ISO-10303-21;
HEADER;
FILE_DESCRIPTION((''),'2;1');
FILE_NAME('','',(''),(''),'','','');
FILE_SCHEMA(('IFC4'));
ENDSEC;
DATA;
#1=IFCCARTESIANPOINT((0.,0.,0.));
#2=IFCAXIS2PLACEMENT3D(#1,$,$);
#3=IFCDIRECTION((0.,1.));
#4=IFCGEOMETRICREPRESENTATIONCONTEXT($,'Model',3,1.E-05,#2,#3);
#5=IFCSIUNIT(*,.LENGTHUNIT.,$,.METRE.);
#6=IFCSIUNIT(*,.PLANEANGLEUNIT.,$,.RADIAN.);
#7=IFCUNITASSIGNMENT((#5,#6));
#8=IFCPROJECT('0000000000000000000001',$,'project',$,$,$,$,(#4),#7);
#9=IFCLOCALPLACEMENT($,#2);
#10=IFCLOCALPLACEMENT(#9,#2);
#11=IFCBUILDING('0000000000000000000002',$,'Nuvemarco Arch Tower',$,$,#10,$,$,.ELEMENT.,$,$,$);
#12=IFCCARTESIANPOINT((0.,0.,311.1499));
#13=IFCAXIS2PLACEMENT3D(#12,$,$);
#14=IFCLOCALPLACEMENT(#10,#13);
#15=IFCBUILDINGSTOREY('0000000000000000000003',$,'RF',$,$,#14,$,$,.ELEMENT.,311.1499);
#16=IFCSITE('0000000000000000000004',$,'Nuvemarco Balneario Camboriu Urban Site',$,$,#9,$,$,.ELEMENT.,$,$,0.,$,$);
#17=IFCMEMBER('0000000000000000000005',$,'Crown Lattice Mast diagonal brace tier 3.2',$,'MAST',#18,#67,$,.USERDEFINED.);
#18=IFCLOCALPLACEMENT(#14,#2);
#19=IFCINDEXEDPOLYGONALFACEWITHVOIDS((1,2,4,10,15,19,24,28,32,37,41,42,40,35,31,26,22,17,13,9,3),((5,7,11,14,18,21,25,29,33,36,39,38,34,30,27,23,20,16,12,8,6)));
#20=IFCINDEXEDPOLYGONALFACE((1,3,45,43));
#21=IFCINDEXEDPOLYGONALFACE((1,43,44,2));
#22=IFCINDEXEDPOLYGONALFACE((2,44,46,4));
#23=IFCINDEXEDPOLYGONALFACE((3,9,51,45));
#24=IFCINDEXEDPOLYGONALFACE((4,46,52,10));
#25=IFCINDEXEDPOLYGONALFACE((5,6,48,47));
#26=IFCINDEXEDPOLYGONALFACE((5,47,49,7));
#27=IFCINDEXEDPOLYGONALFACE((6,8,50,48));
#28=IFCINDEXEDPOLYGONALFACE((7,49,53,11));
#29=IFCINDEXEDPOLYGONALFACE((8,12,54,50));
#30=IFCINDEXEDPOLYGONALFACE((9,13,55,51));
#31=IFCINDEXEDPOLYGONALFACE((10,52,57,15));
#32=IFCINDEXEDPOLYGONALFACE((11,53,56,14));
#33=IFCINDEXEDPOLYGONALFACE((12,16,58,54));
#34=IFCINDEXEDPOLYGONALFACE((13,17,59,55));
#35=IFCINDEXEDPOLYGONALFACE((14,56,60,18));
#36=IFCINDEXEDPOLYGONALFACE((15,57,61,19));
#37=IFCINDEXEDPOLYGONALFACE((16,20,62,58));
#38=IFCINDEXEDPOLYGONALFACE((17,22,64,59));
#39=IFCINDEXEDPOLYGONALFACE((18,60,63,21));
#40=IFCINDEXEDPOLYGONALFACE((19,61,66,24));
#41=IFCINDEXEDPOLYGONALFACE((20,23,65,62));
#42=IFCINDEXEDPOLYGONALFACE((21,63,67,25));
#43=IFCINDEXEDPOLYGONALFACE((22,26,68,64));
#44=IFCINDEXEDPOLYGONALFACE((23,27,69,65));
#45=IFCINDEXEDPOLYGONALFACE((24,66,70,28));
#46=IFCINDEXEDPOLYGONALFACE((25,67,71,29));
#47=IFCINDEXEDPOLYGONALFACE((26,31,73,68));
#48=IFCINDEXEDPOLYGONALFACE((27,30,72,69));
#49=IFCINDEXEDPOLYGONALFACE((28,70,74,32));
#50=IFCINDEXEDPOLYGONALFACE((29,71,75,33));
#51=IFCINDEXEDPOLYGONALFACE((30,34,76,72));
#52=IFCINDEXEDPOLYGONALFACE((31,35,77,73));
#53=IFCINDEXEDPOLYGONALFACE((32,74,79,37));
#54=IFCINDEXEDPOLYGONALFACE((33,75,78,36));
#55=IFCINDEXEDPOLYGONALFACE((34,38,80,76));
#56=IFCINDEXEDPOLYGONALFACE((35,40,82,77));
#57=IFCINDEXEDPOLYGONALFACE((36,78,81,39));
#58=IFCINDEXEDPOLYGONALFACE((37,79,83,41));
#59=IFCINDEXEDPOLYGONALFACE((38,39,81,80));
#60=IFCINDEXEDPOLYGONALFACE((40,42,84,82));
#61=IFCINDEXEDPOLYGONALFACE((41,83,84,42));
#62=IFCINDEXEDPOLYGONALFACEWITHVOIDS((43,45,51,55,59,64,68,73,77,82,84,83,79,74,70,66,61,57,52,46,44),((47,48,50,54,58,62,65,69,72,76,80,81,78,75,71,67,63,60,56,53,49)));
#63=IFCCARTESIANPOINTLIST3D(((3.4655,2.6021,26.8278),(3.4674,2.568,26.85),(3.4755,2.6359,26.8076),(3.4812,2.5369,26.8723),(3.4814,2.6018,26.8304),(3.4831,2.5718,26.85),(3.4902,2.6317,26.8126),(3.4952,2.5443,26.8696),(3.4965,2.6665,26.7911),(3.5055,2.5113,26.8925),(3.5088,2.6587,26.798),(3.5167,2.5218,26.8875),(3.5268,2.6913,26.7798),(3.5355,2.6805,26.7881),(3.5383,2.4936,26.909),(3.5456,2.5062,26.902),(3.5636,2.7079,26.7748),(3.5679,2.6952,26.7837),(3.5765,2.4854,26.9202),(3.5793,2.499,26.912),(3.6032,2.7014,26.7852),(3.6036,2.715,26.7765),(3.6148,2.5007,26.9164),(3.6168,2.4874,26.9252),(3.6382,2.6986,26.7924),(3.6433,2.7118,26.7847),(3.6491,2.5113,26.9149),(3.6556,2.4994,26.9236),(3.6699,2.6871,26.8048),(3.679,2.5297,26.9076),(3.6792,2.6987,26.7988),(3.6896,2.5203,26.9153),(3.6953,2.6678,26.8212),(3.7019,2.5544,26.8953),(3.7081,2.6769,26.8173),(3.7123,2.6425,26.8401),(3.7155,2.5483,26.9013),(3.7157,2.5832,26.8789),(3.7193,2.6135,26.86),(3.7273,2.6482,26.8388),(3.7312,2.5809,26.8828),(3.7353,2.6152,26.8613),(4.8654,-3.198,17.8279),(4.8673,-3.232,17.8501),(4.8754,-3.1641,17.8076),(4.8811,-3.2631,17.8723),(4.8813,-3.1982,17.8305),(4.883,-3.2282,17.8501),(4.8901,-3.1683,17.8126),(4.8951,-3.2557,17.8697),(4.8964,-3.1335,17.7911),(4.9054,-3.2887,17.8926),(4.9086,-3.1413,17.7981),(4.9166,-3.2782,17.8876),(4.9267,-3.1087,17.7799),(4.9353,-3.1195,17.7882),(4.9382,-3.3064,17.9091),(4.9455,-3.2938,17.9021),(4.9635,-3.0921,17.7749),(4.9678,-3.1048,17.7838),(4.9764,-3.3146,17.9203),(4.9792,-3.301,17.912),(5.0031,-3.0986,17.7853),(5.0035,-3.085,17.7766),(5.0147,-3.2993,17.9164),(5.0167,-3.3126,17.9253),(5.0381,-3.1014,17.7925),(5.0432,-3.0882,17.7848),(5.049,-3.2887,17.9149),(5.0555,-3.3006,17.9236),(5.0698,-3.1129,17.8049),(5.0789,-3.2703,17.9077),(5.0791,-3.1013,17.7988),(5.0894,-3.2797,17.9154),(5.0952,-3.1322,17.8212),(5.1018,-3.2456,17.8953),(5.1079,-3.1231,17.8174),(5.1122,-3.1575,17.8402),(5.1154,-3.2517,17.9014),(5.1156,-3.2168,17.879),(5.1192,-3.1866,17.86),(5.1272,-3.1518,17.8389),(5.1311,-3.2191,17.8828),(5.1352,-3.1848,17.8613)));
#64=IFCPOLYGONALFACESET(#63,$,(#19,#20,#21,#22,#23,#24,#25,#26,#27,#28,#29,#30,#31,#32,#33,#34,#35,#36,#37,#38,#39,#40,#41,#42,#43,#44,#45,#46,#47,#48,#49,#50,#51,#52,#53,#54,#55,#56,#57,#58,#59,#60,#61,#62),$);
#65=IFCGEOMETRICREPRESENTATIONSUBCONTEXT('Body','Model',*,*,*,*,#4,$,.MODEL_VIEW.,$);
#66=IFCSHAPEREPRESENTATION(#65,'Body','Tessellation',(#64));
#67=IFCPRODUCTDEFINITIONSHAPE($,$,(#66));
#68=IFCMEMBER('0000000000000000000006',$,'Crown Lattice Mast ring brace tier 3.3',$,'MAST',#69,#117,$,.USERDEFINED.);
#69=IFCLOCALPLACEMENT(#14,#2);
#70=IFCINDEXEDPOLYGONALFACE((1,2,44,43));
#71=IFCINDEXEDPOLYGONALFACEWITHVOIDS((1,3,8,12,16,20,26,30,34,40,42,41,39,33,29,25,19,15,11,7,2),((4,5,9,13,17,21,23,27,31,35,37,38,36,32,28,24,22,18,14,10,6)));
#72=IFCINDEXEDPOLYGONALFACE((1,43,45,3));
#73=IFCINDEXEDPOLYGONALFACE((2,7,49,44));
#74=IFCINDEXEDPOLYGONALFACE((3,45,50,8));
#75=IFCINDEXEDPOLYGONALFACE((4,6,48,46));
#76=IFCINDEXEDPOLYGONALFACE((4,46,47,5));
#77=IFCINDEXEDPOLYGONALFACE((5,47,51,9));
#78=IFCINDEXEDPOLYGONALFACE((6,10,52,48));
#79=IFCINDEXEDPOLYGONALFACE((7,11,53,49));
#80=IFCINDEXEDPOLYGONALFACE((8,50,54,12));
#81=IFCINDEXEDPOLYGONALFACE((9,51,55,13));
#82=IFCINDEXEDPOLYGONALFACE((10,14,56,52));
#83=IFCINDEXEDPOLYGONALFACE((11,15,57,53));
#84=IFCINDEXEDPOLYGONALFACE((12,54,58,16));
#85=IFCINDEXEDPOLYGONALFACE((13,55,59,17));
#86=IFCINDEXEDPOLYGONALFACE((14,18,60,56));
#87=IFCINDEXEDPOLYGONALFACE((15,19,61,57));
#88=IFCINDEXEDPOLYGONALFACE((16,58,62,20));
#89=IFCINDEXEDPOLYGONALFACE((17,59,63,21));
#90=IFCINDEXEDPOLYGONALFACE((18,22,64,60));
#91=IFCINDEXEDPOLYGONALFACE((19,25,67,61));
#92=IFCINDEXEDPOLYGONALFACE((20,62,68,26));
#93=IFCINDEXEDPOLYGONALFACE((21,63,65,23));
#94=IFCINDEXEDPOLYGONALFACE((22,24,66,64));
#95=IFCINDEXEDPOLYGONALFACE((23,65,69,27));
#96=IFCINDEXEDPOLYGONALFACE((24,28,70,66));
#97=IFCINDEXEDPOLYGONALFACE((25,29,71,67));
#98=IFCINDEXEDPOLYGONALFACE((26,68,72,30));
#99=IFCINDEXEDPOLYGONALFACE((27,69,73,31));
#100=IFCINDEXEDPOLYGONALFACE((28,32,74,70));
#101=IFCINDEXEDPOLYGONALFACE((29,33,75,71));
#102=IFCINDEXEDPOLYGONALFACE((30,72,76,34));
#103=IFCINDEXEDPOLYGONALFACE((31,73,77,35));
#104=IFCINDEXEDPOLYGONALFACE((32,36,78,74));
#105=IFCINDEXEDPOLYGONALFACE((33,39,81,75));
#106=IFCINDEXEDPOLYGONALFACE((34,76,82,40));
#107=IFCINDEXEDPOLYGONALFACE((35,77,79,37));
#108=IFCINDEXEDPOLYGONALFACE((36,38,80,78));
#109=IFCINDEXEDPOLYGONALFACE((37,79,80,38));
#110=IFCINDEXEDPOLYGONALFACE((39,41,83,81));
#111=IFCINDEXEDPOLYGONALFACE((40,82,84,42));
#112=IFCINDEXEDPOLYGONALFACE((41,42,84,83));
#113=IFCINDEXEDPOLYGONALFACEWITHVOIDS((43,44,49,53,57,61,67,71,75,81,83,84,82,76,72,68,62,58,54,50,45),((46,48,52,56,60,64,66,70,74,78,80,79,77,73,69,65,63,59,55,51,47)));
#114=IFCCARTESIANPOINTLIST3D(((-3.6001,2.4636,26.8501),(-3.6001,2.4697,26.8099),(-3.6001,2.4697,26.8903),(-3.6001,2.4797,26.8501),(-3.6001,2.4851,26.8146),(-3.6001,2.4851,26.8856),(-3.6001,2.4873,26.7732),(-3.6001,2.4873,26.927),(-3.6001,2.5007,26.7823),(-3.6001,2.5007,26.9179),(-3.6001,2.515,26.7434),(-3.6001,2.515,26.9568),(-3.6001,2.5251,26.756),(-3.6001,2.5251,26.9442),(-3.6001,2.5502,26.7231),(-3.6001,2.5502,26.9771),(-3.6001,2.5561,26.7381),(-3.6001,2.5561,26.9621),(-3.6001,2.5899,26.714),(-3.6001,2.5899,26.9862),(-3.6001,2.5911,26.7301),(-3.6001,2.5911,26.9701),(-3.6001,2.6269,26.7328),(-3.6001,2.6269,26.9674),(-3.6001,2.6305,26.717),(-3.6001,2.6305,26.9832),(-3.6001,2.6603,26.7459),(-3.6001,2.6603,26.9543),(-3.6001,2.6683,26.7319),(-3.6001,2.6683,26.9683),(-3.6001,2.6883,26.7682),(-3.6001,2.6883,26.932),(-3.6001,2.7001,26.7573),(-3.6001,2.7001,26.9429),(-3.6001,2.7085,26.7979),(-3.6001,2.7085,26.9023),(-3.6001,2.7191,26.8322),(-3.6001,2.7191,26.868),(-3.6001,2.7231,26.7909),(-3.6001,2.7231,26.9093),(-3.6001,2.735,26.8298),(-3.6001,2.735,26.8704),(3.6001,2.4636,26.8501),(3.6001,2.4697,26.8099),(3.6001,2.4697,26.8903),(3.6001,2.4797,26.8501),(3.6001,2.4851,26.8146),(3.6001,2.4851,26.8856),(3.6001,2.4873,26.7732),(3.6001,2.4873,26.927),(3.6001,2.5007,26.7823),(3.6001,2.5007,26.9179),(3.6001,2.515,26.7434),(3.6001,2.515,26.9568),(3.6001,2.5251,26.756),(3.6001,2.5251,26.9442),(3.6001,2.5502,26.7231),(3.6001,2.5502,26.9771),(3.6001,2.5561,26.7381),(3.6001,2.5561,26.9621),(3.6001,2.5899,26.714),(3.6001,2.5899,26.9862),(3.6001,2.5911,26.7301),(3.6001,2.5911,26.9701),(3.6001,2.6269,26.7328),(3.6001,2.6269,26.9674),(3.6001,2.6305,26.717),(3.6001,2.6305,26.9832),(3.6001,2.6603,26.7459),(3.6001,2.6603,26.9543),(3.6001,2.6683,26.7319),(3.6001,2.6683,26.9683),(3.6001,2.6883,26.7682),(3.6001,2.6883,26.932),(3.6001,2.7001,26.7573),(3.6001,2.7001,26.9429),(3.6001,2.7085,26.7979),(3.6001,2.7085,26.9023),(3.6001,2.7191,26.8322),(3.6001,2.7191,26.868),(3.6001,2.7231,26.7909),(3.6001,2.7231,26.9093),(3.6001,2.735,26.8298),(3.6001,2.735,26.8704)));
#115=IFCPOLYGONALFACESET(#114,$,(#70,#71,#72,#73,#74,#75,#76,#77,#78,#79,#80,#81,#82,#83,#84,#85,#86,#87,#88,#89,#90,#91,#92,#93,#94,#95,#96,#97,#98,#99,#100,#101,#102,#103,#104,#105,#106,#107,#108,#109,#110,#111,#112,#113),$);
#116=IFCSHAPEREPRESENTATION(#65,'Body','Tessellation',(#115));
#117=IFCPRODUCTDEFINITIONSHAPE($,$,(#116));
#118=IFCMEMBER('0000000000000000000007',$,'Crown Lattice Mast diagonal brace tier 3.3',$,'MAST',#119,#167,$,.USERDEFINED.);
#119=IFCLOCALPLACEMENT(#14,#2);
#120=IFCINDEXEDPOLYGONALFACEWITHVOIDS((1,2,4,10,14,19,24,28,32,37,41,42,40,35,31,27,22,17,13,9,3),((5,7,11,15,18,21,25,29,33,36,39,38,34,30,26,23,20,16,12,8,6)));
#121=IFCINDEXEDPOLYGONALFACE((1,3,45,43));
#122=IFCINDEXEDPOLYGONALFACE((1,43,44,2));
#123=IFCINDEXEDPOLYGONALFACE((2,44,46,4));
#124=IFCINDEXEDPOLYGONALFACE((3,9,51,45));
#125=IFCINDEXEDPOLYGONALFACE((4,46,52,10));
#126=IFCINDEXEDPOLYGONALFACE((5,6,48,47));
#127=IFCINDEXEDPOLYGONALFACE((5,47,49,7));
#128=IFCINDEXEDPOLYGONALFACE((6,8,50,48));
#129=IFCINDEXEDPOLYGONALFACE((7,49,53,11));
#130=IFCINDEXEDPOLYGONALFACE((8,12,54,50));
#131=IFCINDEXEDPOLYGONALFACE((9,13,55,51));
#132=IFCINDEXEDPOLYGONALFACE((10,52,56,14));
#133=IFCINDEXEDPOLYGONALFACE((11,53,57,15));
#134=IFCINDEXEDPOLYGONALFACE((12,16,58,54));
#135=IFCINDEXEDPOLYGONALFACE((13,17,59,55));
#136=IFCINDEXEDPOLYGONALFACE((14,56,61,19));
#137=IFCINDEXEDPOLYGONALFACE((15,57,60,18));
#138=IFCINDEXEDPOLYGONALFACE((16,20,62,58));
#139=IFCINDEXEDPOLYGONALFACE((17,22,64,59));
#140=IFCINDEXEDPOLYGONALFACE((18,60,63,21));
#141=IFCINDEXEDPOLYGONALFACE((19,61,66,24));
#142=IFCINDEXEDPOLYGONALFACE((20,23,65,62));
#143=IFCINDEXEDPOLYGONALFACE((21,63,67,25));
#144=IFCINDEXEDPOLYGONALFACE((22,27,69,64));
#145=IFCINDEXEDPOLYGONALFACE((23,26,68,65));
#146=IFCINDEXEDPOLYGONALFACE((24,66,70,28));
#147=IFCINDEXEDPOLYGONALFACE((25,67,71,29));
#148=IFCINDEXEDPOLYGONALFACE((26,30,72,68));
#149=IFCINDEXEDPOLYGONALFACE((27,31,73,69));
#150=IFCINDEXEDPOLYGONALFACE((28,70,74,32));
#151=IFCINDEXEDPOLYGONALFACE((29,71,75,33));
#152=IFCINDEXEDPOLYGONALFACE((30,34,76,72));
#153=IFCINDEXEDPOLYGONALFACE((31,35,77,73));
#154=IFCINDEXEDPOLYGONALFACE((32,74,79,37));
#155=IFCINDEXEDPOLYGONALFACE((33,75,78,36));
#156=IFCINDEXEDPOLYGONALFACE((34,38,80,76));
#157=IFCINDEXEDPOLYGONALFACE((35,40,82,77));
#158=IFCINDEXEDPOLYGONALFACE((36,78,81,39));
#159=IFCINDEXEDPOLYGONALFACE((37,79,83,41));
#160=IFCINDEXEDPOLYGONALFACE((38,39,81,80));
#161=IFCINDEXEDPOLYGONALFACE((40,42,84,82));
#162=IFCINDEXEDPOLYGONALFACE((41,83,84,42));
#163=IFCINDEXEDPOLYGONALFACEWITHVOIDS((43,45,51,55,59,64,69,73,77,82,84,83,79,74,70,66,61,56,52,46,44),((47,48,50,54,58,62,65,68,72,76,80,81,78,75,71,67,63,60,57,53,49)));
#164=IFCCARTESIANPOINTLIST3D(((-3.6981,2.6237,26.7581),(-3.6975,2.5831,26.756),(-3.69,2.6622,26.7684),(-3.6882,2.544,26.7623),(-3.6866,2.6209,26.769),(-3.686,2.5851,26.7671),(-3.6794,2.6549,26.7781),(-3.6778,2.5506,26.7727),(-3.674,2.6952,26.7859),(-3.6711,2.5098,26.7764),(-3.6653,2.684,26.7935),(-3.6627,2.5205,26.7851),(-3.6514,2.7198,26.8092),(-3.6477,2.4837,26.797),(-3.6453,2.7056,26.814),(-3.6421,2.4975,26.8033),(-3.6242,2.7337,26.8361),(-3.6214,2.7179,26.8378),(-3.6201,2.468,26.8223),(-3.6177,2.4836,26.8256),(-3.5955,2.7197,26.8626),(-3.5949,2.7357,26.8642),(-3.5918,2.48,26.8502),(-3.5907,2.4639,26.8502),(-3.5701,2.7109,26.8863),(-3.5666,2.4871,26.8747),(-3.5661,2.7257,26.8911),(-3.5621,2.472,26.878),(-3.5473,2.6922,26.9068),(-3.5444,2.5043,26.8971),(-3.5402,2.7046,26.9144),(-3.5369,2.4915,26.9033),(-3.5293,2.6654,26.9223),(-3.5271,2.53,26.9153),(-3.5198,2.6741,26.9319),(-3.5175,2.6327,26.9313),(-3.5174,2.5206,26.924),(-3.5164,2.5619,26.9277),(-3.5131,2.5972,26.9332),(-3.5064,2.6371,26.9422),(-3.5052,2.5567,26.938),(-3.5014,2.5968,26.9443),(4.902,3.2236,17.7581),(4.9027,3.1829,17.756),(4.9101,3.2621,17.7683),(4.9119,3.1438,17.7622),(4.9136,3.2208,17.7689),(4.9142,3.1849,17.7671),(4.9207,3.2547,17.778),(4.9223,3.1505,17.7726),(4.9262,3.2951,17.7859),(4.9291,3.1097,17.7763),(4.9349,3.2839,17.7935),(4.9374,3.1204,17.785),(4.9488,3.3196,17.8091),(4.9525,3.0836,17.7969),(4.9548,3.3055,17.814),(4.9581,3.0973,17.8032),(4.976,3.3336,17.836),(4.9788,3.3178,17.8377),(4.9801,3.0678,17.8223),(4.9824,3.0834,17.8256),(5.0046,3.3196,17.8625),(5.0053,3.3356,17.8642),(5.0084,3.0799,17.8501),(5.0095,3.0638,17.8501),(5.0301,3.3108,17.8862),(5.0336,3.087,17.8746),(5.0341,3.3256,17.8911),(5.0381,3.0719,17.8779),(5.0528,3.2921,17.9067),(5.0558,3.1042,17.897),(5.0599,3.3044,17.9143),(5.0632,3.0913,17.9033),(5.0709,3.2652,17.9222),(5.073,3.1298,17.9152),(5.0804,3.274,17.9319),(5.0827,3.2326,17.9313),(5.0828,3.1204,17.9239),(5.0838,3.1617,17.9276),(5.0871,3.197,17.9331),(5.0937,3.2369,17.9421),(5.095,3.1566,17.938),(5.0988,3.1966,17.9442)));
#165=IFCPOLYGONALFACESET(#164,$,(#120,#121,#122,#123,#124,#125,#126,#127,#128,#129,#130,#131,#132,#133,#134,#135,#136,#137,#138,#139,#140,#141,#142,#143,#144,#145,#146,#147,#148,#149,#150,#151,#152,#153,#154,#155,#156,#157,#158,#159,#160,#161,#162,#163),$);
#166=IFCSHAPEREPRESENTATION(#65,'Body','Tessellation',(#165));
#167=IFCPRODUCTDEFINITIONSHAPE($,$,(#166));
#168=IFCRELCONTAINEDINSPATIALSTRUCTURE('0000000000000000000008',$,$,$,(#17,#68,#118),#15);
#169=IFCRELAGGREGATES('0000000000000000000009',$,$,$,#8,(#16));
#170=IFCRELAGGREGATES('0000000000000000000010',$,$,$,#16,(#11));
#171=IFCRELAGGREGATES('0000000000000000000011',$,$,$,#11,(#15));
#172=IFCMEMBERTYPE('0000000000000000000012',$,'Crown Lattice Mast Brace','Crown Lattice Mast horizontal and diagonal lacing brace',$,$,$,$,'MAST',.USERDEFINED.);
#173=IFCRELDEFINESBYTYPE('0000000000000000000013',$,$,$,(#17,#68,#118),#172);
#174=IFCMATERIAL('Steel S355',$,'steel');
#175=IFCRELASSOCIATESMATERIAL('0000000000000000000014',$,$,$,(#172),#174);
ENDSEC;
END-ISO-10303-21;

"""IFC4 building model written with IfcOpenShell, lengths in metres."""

from ifc_helpers import new_model, si_unit, direction, frame, origin, origin_2d, place, context, subcontext, project, spatial, hollow_circle, extrude, material, material_profile, profile_set, type_object, element, save


model = new_model("IFC4")

# Units and contexts
model_context = context("Model", 3, precision=1e-05, world=origin(), true_north=direction((0.0, 1.0)))
body_context = subcontext(model_context, "Body", "Model", "MODEL_VIEW")
ifc_project = project(units=[si_unit("LENGTHUNIT", "METRE"), si_unit("PLANEANGLEUNIT", "RADIAN")], contexts=[model_context])

# Site, building, storey
site_placement = place(None, origin())
site = spatial("IfcSite", under=ifc_project, at=site_placement, Name="Nuvemarco Balneario Camboriu Urban Site", CompositionType="ELEMENT", RefElevation=0.0)
building_placement = place(site_placement, origin())
building = spatial("IfcBuilding", under=site, at=building_placement, Name="Nuvemarco Arch Tower", CompositionType="ELEMENT")
storey_placement = place(building_placement, frame((0.0, 0.0, 311.1499)))
storey = spatial("IfcBuildingStorey", under=building, at=storey_placement, Name="RF", CompositionType="ELEMENT", Elevation=311.1499)

# Members
ifc_material = material(Name="Steel S355", Category="steel")
ifc_material_profile_1 = material_profile(ifc_material, hollow_circle(Radius=0.1365, WallThickness=0.0161, at=origin_2d()), Name="CHS273x16")
ifc_profile_set_1 = profile_set([ifc_material_profile_1], Name="Steel S355")
member_type_1 = type_object("IfcMemberType", Name="Crown Lattice Mast Brace", Description="Crown Lattice Mast horizontal and diagonal lacing brace", ElementType="MAST", PredefinedType="USERDEFINED", material=ifc_profile_set_1)
member_1_placement = place(storey_placement, frame((5.0, -3.2, 17.8501), z_axis=(-0.129643, 0.537133, 0.833475), x_axis=(-0.972086, -0.234623, 0.0)))
element("IfcMember", 1, at=member_1_placement, inside=storey, type_object=member_type_1, Name="Crown Lattice Mast diagonal brace tier 3.2", ObjectType="MAST", PredefinedType="USERDEFINED", context=body_context, shape_type="SweptSolid", body=[
    extrude(hollow_circle(Radius=0.1365, WallThickness=0.0161, at=origin_2d()), origin(), (0.0, 0.0, 1.0), 10.7981),
])
member_2_placement = place(storey_placement, frame((3.6001, 2.6001, 26.8501), z_axis=(-1.0, 0.0, 0.0), x_axis=(0.0, -1.0, 0.0)))
element("IfcMember", 2, at=member_2_placement, inside=storey, type_object=member_type_1, Name="Crown Lattice Mast ring brace tier 3.3", ObjectType="MAST", PredefinedType="USERDEFINED", context=body_context, shape_type="SweptSolid", body=[
    extrude(hollow_circle(Radius=0.1365, WallThickness=0.0161, at=origin_2d()), origin(), (0.0, 0.0, 1.0), 7.2002),
])
member_3_placement = place(storey_placement, frame((5.0, 3.2, 17.8501), z_axis=(-0.690061, -0.048132, 0.722149), x_axis=(0.069581, -0.997576, 0.0)))
element("IfcMember", 3, at=member_3_placement, inside=storey, type_object=member_type_1, Name="Crown Lattice Mast diagonal brace tier 3.3", ObjectType="MAST", PredefinedType="USERDEFINED", context=body_context, shape_type="SweptSolid", body=[
    extrude(hollow_circle(Radius=0.1365, WallThickness=0.0161, at=origin_2d()), origin(), (0.0, 0.0, 1.0), 12.4629),
])

save(model, "model.ifc")
